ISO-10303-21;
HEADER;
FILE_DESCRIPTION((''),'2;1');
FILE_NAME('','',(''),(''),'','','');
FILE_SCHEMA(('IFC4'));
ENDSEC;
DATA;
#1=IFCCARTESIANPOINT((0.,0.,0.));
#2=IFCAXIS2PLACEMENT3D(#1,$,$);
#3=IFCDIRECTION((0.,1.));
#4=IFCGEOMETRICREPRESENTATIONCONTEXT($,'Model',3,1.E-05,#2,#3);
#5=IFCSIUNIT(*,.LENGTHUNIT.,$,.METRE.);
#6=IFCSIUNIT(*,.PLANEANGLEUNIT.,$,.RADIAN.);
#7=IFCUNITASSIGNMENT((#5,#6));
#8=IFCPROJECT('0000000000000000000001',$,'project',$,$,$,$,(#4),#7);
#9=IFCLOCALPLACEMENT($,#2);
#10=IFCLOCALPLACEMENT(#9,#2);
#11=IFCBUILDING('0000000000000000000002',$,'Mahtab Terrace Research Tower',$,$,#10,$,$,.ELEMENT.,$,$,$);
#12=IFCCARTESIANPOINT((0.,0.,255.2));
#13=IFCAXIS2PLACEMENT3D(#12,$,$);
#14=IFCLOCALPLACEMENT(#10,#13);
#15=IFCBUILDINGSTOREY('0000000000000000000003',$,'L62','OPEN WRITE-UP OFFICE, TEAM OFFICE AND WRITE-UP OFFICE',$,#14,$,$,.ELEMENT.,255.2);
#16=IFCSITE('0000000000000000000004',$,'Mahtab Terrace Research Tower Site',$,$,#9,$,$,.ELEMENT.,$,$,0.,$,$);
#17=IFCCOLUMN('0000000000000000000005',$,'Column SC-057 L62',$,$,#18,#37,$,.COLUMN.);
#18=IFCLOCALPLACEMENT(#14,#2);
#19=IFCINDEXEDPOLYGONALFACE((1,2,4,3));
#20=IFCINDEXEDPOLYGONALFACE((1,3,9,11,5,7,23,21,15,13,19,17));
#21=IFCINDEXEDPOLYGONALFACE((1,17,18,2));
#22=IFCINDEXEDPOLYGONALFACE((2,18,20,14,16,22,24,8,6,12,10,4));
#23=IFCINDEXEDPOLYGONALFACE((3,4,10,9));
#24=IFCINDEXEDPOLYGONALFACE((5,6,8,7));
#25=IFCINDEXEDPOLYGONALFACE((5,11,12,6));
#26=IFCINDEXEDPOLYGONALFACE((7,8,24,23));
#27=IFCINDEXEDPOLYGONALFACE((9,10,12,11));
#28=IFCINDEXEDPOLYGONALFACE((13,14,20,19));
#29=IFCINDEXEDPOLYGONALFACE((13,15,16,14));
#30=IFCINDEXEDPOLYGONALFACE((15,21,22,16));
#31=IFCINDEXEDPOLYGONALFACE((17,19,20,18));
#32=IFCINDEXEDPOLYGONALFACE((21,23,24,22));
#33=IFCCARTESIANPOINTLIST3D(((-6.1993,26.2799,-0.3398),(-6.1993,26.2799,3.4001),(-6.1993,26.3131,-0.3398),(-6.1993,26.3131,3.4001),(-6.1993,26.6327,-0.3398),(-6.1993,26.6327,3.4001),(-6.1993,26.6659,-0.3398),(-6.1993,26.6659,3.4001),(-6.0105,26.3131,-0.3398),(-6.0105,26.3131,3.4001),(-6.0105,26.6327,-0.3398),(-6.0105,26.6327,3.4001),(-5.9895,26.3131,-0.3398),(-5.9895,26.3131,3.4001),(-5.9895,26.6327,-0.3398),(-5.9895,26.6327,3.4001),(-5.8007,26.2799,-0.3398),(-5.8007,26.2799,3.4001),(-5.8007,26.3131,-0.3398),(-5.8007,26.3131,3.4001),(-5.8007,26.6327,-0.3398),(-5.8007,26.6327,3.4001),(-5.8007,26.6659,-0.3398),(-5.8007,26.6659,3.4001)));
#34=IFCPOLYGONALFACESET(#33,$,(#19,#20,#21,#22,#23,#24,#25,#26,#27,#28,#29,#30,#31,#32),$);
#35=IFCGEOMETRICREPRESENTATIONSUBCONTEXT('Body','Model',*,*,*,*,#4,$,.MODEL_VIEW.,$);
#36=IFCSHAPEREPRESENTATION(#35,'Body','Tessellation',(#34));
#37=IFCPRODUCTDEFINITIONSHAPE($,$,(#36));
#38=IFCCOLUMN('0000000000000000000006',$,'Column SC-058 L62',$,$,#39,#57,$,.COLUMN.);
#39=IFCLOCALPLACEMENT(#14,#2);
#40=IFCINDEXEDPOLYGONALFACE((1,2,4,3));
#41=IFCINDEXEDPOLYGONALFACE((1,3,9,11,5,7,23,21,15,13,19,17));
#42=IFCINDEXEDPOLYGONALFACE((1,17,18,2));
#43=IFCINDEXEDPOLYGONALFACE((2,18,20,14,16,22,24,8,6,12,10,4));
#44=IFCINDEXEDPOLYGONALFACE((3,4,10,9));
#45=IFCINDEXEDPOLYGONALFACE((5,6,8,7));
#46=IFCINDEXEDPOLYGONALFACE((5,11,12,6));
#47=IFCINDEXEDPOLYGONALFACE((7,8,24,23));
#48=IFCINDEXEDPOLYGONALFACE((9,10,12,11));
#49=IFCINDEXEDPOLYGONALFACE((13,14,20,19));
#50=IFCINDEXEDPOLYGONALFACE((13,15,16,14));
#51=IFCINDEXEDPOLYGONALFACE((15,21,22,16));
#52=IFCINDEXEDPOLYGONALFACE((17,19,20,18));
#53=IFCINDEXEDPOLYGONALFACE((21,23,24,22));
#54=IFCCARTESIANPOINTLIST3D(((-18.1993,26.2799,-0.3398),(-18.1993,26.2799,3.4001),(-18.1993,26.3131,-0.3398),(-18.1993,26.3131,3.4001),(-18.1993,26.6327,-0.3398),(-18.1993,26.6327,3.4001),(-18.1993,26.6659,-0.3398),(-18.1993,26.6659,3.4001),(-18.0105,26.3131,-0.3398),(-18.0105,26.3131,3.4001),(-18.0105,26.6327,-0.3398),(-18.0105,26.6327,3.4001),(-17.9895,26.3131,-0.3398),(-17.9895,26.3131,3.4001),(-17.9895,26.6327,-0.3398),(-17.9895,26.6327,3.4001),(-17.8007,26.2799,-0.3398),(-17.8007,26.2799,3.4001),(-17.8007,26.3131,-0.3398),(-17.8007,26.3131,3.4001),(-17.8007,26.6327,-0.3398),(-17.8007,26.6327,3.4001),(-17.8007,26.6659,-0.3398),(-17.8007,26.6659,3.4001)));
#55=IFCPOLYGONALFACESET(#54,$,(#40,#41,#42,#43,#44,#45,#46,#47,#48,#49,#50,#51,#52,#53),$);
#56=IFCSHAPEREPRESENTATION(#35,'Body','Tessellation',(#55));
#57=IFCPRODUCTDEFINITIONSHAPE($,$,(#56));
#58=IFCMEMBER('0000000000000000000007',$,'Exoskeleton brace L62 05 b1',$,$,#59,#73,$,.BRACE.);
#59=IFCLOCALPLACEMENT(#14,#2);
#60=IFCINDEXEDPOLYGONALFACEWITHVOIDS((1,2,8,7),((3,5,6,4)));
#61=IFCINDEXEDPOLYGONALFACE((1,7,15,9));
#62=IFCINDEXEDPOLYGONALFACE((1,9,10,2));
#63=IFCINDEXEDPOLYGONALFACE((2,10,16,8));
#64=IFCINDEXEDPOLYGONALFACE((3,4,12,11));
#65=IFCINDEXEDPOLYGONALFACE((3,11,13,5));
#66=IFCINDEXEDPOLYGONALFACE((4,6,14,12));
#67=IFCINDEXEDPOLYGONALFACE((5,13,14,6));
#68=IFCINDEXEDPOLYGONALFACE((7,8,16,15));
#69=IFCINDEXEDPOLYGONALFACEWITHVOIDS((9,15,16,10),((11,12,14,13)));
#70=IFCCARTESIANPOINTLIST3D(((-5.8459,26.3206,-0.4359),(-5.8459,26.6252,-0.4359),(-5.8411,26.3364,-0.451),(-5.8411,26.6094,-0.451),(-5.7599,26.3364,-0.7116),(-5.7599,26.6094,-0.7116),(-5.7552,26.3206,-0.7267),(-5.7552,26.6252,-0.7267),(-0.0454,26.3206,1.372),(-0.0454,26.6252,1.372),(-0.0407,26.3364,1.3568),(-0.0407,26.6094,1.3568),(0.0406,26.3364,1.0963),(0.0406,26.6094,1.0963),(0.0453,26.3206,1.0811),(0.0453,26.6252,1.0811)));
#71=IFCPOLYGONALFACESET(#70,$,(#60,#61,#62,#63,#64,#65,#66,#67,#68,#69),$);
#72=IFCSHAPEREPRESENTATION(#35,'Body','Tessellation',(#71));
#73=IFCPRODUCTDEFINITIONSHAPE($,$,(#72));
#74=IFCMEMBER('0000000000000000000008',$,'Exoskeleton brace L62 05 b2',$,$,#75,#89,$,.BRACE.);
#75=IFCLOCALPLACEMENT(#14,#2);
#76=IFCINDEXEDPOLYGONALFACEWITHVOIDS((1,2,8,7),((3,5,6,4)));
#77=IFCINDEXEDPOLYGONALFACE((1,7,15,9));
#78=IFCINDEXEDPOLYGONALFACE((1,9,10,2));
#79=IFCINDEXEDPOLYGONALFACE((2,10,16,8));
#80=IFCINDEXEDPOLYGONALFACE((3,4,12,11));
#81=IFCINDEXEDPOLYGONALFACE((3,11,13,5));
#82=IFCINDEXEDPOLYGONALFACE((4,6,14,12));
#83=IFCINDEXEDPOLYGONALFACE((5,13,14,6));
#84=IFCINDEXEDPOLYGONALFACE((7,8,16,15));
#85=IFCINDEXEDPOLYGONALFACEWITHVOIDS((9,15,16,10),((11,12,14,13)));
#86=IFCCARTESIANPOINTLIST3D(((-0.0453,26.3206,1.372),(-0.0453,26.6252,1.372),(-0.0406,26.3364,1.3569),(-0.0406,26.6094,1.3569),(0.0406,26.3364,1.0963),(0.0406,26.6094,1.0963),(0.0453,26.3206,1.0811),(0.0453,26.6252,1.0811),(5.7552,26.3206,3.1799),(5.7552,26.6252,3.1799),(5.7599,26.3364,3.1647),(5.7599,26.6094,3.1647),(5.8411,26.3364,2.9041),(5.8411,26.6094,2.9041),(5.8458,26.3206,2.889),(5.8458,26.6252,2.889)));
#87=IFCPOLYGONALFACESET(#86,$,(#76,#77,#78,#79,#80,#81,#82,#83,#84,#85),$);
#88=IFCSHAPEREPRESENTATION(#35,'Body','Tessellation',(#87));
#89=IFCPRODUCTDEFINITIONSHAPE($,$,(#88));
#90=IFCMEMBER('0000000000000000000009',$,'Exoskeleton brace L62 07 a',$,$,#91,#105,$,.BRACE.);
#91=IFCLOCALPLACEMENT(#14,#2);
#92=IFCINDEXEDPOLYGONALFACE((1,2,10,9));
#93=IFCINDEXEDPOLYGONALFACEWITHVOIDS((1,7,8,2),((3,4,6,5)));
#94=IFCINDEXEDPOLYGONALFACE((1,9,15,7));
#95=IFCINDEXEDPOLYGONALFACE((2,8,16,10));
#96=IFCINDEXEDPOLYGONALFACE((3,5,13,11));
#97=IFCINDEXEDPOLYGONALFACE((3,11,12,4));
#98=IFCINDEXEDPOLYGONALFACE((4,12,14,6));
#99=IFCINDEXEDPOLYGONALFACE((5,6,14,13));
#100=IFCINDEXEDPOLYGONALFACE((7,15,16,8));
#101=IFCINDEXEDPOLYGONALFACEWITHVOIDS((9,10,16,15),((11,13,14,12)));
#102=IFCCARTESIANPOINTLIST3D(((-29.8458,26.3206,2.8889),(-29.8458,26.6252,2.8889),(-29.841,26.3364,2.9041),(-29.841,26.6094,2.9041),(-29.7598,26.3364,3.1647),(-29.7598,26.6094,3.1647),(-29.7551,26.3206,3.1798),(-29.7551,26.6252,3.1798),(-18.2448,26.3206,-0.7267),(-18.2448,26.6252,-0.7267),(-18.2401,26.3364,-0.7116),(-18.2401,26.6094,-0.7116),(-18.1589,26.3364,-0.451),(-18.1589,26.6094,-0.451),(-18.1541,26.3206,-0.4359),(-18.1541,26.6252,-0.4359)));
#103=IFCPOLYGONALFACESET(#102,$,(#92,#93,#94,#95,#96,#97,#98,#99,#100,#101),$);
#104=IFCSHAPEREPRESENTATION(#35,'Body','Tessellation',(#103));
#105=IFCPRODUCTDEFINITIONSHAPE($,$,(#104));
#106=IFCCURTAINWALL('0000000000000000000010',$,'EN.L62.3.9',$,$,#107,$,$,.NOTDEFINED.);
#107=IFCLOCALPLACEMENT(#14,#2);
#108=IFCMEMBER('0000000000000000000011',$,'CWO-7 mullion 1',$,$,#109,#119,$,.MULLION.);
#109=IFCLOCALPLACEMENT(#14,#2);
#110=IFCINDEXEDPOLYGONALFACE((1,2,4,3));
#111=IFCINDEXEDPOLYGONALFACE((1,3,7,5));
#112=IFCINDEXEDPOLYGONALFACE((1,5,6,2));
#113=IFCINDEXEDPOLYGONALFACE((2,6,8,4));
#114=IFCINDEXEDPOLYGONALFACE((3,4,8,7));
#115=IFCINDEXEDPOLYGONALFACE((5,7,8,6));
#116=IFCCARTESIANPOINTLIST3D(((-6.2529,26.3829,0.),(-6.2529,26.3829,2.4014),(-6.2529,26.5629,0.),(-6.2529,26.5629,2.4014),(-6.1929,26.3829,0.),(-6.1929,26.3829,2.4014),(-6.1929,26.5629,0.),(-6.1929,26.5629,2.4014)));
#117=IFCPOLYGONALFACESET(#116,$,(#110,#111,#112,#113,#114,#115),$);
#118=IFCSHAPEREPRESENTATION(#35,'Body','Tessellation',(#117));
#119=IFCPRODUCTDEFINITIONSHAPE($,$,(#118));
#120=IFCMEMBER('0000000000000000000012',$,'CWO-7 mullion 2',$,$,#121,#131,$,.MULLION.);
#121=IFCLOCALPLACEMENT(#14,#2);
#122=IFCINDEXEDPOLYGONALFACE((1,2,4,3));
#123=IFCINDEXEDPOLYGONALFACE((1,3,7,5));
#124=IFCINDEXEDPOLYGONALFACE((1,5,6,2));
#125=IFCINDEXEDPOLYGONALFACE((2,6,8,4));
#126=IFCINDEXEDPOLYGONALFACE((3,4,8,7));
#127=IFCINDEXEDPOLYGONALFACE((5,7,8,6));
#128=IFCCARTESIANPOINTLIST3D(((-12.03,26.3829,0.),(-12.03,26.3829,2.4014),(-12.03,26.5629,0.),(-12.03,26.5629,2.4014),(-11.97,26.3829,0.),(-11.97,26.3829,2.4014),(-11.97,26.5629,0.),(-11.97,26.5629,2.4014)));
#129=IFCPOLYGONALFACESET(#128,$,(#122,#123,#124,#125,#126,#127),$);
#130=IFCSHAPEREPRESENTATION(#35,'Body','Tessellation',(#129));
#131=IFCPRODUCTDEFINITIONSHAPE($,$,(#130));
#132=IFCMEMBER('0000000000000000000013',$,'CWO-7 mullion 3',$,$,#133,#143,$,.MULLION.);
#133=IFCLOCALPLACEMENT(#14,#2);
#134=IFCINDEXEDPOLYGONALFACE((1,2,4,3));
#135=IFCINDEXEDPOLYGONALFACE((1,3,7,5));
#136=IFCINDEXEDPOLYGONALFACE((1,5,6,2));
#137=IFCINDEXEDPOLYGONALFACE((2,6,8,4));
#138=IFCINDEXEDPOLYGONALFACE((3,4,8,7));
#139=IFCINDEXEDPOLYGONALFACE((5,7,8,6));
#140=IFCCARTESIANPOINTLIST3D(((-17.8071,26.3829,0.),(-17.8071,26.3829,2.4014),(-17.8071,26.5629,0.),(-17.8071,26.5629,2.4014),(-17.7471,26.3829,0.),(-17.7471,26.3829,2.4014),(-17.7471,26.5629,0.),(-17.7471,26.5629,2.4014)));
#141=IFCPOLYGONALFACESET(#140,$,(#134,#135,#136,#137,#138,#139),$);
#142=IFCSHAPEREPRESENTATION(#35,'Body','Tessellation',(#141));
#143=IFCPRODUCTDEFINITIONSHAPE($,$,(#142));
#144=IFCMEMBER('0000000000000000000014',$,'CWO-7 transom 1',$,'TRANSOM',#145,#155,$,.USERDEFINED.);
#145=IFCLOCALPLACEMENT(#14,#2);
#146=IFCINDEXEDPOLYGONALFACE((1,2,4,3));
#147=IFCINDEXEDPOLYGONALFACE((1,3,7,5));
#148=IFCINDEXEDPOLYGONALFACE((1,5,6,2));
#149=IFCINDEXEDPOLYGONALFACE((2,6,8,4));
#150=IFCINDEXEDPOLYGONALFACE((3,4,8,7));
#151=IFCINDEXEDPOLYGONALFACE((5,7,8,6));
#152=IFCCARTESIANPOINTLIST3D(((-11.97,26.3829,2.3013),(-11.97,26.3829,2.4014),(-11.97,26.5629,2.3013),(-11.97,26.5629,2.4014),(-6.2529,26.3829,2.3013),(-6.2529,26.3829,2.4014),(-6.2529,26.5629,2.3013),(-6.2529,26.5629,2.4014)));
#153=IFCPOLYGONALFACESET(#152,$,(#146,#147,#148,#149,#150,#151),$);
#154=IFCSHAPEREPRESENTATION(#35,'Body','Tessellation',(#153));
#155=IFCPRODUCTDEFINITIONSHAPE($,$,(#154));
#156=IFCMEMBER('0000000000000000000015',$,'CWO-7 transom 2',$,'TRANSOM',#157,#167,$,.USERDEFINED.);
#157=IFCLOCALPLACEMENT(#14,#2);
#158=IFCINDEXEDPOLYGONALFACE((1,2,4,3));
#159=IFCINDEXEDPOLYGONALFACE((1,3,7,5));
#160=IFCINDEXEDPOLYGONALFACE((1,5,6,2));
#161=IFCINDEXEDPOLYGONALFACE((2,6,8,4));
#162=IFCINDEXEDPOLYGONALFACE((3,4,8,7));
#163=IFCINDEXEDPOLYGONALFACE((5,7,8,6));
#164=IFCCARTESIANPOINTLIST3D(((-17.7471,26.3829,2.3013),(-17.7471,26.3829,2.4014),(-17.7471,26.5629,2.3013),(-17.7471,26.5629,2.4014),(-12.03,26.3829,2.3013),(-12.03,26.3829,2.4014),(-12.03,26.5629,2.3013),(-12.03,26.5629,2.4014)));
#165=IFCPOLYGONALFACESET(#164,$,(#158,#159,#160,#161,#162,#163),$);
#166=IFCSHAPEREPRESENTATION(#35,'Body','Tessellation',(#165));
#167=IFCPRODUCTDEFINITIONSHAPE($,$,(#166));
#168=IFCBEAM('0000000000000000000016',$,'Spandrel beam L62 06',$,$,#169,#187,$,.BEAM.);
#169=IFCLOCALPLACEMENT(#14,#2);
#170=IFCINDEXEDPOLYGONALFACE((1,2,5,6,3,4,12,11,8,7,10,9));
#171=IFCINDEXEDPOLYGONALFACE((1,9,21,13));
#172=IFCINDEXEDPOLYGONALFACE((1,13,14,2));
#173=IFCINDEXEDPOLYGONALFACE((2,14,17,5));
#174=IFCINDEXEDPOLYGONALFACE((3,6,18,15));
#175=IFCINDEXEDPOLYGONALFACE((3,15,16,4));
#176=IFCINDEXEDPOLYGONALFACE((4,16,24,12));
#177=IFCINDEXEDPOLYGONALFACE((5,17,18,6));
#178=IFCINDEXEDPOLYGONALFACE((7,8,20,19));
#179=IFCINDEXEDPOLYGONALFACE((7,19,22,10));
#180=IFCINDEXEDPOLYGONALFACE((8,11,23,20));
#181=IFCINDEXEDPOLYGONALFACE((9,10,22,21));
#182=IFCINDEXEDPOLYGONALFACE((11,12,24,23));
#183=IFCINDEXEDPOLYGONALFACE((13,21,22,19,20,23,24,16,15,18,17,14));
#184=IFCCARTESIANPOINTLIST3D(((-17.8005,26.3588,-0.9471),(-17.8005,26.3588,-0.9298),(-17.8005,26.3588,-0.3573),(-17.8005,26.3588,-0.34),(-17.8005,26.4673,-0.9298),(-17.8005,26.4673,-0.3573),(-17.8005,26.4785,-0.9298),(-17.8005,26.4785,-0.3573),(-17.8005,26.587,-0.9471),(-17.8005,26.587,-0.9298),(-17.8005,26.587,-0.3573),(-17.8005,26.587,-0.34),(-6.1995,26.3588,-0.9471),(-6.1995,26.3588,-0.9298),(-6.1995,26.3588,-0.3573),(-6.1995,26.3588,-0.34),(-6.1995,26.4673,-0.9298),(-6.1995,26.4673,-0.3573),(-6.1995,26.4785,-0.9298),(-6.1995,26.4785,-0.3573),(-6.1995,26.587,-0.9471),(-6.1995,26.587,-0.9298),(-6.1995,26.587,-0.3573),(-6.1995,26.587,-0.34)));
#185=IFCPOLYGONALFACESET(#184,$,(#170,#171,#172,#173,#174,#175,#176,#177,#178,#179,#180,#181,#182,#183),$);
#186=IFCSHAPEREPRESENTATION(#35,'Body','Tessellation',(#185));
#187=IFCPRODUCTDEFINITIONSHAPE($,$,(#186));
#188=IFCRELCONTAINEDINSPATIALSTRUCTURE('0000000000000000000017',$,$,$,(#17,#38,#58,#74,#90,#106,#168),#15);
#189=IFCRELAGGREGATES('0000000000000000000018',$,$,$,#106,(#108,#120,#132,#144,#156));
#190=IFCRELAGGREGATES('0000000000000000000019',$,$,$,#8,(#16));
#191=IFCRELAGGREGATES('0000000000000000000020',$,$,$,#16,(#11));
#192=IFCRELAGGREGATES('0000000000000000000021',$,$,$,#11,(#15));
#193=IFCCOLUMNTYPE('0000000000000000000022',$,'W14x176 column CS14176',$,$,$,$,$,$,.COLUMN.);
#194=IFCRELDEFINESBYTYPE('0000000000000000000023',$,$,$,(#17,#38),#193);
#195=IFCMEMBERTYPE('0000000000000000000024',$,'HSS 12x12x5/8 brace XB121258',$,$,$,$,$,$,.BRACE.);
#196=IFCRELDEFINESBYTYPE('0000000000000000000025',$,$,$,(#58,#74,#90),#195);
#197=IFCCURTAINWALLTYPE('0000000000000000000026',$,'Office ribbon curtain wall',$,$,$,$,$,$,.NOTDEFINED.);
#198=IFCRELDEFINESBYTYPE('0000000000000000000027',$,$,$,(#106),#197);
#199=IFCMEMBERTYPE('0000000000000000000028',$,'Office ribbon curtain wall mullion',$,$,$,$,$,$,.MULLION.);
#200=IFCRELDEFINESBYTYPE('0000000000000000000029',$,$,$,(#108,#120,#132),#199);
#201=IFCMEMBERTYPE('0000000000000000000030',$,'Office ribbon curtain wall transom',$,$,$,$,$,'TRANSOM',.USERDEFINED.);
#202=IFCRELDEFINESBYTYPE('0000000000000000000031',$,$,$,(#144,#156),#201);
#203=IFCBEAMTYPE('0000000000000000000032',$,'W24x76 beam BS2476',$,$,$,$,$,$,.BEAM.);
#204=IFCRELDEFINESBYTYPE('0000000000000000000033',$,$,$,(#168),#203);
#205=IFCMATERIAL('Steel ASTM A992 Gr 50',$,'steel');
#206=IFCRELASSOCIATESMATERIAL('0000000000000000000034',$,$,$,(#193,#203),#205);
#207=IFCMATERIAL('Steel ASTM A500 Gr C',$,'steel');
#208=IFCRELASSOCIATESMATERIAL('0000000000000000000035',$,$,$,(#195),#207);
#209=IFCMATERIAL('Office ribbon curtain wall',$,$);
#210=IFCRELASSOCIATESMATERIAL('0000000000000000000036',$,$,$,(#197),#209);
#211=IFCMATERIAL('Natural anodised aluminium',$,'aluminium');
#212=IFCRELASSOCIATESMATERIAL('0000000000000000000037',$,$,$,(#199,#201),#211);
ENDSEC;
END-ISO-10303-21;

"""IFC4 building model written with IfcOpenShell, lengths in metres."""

from ifc_helpers import new_model, si_unit, direction, frame, origin, origin_2d, place, context, subcontext, project, spatial, rectangle, hollow_rectangle, i_section, extrude, material, material_profile, profile_set, type_object, element, aggregate, save


model = new_model("IFC4")

# Units and contexts
model_context = context("Model", 3, precision=1e-05, world=origin(), true_north=direction((0.0, 1.0)))
body_context = subcontext(model_context, "Body", "Model", "MODEL_VIEW")
ifc_project = project(units=[si_unit("LENGTHUNIT", "METRE"), si_unit("PLANEANGLEUNIT", "RADIAN")], contexts=[model_context])

# Site, building, storey
site_placement = place(None, origin())
site = spatial("IfcSite", under=ifc_project, at=site_placement, Name="Mahtab Terrace Research Tower Site", CompositionType="ELEMENT", RefElevation=0.0)
building_placement = place(site_placement, origin())
building = spatial("IfcBuilding", under=site, at=building_placement, Name="Mahtab Terrace Research Tower", CompositionType="ELEMENT")
storey_placement = place(building_placement, frame((0.0, 0.0, 255.2)))
storey = spatial("IfcBuildingStorey", under=building, at=storey_placement, Name="L62", Description="OPEN WRITE-UP OFFICE, TEAM OFFICE AND WRITE-UP OFFICE", CompositionType="ELEMENT", Elevation=255.2)

# Columns
ifc_material_1 = material(Name="Steel ASTM A992 Gr 50", Category="steel")
ifc_material_profile_1 = material_profile(ifc_material_1, i_section(OverallWidth=0.3987, OverallDepth=0.386, WebThickness=0.021, FlangeThickness=0.0332, at=origin_2d()), Name="W14X176")
ifc_profile_set_1 = profile_set([ifc_material_profile_1], Name="Steel ASTM A992 Gr 50")
column_type = type_object("IfcColumnType", Name="W14x176 column CS14176", PredefinedType="COLUMN", material=ifc_profile_set_1)
for number, where, z_axis, x_axis, name in (
    (1, (-6.0, 26.4729, -0.3398), (0.0, 0.0, 1.0), (1.0, 0.0, 0.0), "Column SC-057 L62"),
    (2, (-18.0, 26.4729, -0.3398), (0.0, 0.0, 1.0), (1.0, 0.0, 0.0), "Column SC-058 L62"),
):
    element("IfcColumn", number, at=place(storey_placement, frame(where, z_axis=z_axis, x_axis=x_axis)), inside=storey, type_object=column_type, Name=name, PredefinedType="COLUMN", context=body_context, shape_type="SweptSolid", body=[
        extrude(i_section(OverallWidth=0.3987, OverallDepth=0.386, WebThickness=0.021, FlangeThickness=0.0332, at=origin_2d()), origin(), (0.0, 0.0, 1.0), 3.74),
    ])

# Members
ifc_material_2 = material(Name="Steel ASTM A500 Gr C", Category="steel")
ifc_material_profile_2 = material_profile(ifc_material_2, hollow_rectangle(XDim=0.3047, YDim=0.3047, WallThickness=0.0159, at=origin_2d()), Name="HSS12X12X5/8")
ifc_profile_set_2 = profile_set([ifc_material_profile_2], Name="Steel ASTM A500 Gr C")
member_type_1 = type_object("IfcMemberType", Name="HSS 12x12x5/8 brace XB121258", PredefinedType="BRACE", material=ifc_profile_set_2)
for number, where, z_axis, x_axis, name in (
    (3, (-5.8005, 26.4729, -0.5813), (0.954705, 0.0, 0.297554), (0.0, 1.0, 0.0), "Exoskeleton brace L62 05 b1"),
    (4, (0.0, 26.4729, 1.2266), (0.954705, 0.0, 0.297554), (0.0, 1.0, 0.0), "Exoskeleton brace L62 05 b2"),
):
    element("IfcMember", number, at=place(storey_placement, frame(where, z_axis=z_axis, x_axis=x_axis)), inside=storey, type_object=member_type_1, Name=name, PredefinedType="BRACE", context=body_context, shape_type="SweptSolid", body=[
        extrude(hollow_rectangle(XDim=0.3047, YDim=0.3047, WallThickness=0.0159, at=origin_2d()), origin(), (0.0, 0.0, 1.0), 6.0757),
    ])
member_1_placement = place(storey_placement, frame((-18.1995, 26.4729, -0.5813), z_axis=(-0.954705, 0.0, 0.297554), x_axis=(0.0, -1.0, 0.0)))
element("IfcMember", 5, at=member_1_placement, inside=storey, type_object=member_type_1, Name="Exoskeleton brace L62 07 a", PredefinedType="BRACE", context=body_context, shape_type="SweptSolid", body=[
    extrude(hollow_rectangle(XDim=0.3047, YDim=0.3047, WallThickness=0.0159, at=origin_2d()), origin(), (0.0, 0.0, 1.0), 12.1514),
])

# Curtain wall, members
ifc_material_3 = material(Name="Office ribbon curtain wall")
curtain_wall_type = type_object("IfcCurtainWallType", Name="Office ribbon curtain wall", PredefinedType="NOTDEFINED", material=ifc_material_3)
curtain_wall_placement = place(storey_placement, origin())
curtain_wall = element("IfcCurtainWall", 6, at=curtain_wall_placement, inside=storey, type_object=curtain_wall_type, Name="EN.L62.3.9", PredefinedType="NOTDEFINED")
ifc_material_4 = material(Name="Natural anodised aluminium", Category="aluminium")
ifc_material_profile_3 = material_profile(ifc_material_4, rectangle(XDim=0.1799, YDim=0.0601, at=origin_2d()), Name="MULLION 60x180")
ifc_profile_set_3 = profile_set([ifc_material_profile_3], Name="Natural anodised aluminium")
member_type_2 = type_object("IfcMemberType", Name="Office ribbon curtain wall mullion", PredefinedType="MULLION", material=ifc_profile_set_3)
member_2_placement = place(storey_placement, frame((-6.2229, 26.4729, 0.0), z_axis=(0.0, 0.0, 1.0), x_axis=(0.0, -1.0, 0.0)))
member_2 = element("IfcMember", 7, at=member_2_placement, type_object=member_type_2, Name="CWO-7 mullion 1", PredefinedType="MULLION", context=body_context, shape_type="SweptSolid", body=[
    extrude(rectangle(XDim=0.1799, YDim=0.0601, at=origin_2d()), origin(), (0.0, 0.0, 1.0), 2.4014),
])
member_3_placement = place(storey_placement, frame((-12.0, 26.4729, 0.0), z_axis=(0.0, 0.0, 1.0), x_axis=(0.0, -1.0, 0.0)))
member_3 = element("IfcMember", 8, at=member_3_placement, type_object=member_type_2, Name="CWO-7 mullion 2", PredefinedType="MULLION", context=body_context, shape_type="SweptSolid", body=[
    extrude(rectangle(XDim=0.1799, YDim=0.0601, at=origin_2d()), origin(), (0.0, 0.0, 1.0), 2.4014),
])
member_4_placement = place(storey_placement, frame((-17.7771, 26.4729, 0.0), z_axis=(0.0, 0.0, 1.0), x_axis=(0.0, -1.0, 0.0)))
member_4 = element("IfcMember", 9, at=member_4_placement, type_object=member_type_2, Name="CWO-7 mullion 3", PredefinedType="MULLION", context=body_context, shape_type="SweptSolid", body=[
    extrude(rectangle(XDim=0.1799, YDim=0.0601, at=origin_2d()), origin(), (0.0, 0.0, 1.0), 2.4014),
])
ifc_material_profile_4 = material_profile(ifc_material_4, rectangle(XDim=0.1799, YDim=0.1001, at=origin_2d()), Name="TRANSOM 100x180")
ifc_profile_set_4 = profile_set([ifc_material_profile_4], Name="Natural anodised aluminium")
member_type_3 = type_object("IfcMemberType", Name="Office ribbon curtain wall transom", ElementType="TRANSOM", PredefinedType="USERDEFINED", material=ifc_profile_set_4)
member_5_placement = place(storey_placement, frame((-6.2529, 26.4729, 2.3513), z_axis=(-1.0, 0.0, 0.0), x_axis=(0.0, -1.0, 0.0)))
member_5 = element("IfcMember", 10, at=member_5_placement, type_object=member_type_3, Name="CWO-7 transom 1", ObjectType="TRANSOM", PredefinedType="USERDEFINED", context=body_context, shape_type="SweptSolid", body=[
    extrude(rectangle(XDim=0.1799, YDim=0.1001, at=origin_2d()), origin(), (0.0, 0.0, 1.0), 5.717),
])
member_6_placement = place(storey_placement, frame((-12.03, 26.4729, 2.3513), z_axis=(-1.0, 0.0, 0.0), x_axis=(0.0, -1.0, 0.0)))
member_6 = element("IfcMember", 11, at=member_6_placement, type_object=member_type_3, Name="CWO-7 transom 2", ObjectType="TRANSOM", PredefinedType="USERDEFINED", context=body_context, shape_type="SweptSolid", body=[
    extrude(rectangle(XDim=0.1799, YDim=0.1001, at=origin_2d()), origin(), (0.0, 0.0, 1.0), 5.717),
])

# Beam
ifc_material_profile_5 = material_profile(ifc_material_1, i_section(OverallWidth=0.2283, OverallDepth=0.6072, WebThickness=0.0112, FlangeThickness=0.0173, at=origin_2d()), Name="W24X76")
ifc_profile_set_5 = profile_set([ifc_material_profile_5], Name="Steel ASTM A992 Gr 50")
beam_type = type_object("IfcBeamType", Name="W24x76 beam BS2476", PredefinedType="BEAM", material=ifc_profile_set_5)
beam_placement = place(storey_placement, frame((-6.1995, 26.4729, -0.6436), z_axis=(-1.0, 0.0, 0.0), x_axis=(0.0, -1.0, 0.0)))
element("IfcBeam", 12, at=beam_placement, inside=storey, type_object=beam_type, Name="Spandrel beam L62 06", PredefinedType="BEAM", context=body_context, shape_type="SweptSolid", body=[
    extrude(i_section(OverallWidth=0.2283, OverallDepth=0.6072, WebThickness=0.0112, FlangeThickness=0.0173, at=origin_2d()), origin(), (0.0, 0.0, 1.0), 11.6011),
])

aggregate(curtain_wall, [member_2, member_3, member_4, member_5, member_6])

save(model, "model.ifc")
